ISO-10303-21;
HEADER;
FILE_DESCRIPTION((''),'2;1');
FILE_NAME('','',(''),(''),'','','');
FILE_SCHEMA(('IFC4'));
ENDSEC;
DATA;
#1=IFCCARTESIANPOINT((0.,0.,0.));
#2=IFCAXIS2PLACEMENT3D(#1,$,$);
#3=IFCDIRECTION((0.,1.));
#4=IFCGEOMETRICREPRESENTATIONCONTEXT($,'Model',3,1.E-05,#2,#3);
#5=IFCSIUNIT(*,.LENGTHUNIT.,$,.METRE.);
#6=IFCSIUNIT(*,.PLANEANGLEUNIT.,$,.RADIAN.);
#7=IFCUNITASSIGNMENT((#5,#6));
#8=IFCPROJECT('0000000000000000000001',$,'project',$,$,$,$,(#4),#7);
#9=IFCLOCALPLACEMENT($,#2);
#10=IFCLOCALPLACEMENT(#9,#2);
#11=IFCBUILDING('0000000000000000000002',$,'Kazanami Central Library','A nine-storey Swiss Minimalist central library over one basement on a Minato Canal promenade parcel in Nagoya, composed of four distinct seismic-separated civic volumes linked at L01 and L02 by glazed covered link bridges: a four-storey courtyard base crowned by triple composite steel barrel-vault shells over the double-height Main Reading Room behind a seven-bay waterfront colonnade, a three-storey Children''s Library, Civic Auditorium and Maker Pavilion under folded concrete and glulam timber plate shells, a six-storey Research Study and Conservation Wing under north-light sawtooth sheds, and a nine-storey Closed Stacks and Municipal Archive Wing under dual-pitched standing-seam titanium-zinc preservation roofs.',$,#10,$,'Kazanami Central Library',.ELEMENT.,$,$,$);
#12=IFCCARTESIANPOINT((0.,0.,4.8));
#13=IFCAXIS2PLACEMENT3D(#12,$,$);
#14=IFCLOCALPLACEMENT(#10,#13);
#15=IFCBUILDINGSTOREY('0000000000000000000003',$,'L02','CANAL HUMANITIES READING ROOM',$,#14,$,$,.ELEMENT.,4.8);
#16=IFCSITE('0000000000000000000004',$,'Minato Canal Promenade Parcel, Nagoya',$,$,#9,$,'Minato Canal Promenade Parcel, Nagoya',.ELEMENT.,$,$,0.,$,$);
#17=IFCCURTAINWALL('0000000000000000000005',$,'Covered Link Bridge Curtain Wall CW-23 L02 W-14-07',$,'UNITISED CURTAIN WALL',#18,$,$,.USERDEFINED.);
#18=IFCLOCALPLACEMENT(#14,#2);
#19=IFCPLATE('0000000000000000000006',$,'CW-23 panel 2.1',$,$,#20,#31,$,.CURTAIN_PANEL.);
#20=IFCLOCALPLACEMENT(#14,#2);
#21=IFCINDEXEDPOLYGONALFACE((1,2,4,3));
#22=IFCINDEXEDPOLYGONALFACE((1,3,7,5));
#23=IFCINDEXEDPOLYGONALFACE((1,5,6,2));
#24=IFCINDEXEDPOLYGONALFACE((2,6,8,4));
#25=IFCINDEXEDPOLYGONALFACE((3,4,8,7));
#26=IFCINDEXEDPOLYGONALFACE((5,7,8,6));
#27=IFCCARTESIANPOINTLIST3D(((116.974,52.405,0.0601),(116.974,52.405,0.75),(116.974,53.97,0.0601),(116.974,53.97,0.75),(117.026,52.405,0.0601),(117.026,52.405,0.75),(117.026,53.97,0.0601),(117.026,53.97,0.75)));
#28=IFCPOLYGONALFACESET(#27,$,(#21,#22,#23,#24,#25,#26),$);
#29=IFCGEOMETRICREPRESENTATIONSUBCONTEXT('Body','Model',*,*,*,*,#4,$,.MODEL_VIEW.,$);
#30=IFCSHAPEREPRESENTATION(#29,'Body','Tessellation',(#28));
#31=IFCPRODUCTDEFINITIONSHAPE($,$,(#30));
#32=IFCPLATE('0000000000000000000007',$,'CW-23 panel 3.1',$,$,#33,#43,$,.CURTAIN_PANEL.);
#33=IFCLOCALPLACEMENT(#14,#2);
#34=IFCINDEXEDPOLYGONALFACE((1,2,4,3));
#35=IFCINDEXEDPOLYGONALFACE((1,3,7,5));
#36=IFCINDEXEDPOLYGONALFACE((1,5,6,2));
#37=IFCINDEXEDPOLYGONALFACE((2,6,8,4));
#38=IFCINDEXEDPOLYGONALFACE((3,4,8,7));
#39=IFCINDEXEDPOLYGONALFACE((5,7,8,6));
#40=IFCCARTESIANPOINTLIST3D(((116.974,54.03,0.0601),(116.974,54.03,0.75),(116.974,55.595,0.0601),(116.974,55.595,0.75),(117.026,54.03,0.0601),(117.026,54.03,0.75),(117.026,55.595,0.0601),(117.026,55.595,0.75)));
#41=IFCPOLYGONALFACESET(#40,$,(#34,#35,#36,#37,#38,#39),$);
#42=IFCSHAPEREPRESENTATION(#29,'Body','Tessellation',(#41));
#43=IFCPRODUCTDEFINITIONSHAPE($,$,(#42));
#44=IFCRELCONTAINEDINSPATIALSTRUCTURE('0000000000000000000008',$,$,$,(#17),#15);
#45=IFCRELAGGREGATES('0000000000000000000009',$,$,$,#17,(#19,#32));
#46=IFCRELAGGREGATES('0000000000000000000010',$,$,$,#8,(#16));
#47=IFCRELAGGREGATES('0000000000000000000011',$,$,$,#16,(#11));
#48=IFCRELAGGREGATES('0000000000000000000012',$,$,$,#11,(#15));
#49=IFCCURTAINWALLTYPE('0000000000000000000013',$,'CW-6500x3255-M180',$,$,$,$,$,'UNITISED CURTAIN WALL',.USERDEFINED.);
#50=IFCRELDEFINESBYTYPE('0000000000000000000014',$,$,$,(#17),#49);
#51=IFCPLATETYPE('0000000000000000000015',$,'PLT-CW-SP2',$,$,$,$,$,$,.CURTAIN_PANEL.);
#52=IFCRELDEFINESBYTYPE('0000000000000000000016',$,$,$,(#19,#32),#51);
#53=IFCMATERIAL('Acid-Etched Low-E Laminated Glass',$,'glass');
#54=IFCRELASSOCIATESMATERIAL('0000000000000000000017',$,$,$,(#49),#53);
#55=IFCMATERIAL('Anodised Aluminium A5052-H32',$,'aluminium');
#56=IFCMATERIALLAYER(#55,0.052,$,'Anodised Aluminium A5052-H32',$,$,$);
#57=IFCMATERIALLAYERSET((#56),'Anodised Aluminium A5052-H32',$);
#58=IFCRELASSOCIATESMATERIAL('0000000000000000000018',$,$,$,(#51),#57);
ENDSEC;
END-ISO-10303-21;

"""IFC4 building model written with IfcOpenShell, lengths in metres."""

from ifc_helpers import new_model, si_unit, direction, frame, origin, origin_2d, place, context, subcontext, project, spatial, rectangle, extrude, material, layer, layer_set, type_object, element, aggregate, save


model = new_model("IFC4")

# Units and contexts
model_context = context("Model", 3, precision=1e-05, world=origin(), true_north=direction((0.0, 1.0)))
body_context = subcontext(model_context, "Body", "Model", "MODEL_VIEW")
ifc_project = project(units=[si_unit("LENGTHUNIT", "METRE"), si_unit("PLANEANGLEUNIT", "RADIAN")], contexts=[model_context])

# Site, building, storey
site_placement = place(None, origin())
site = spatial("IfcSite", under=ifc_project, at=site_placement, Name="Minato Canal Promenade Parcel, Nagoya", LongName="Minato Canal Promenade Parcel, Nagoya", CompositionType="ELEMENT", RefElevation=0.0)
building_placement = place(site_placement, origin())
building = spatial("IfcBuilding", under=site, at=building_placement, Name="Kazanami Central Library", Description="A nine-storey Swiss Minimalist central library over one basement on a Minato Canal promenade parcel in Nagoya, composed of four distinct seismic-separated civic volumes linked at L01 and L02 by glazed covered link bridges: a four-storey courtyard base crowned by triple composite steel barrel-vault shells over the double-height Main Reading Room behind a seven-bay waterfront colonnade, a three-storey Children's Library, Civic Auditorium and Maker Pavilion under folded concrete and glulam timber plate shells, a six-storey Research Study and Conservation Wing under north-light sawtooth sheds, and a nine-storey Closed Stacks and Municipal Archive Wing under dual-pitched standing-seam titanium-zinc preservation roofs.", LongName="Kazanami Central Library", CompositionType="ELEMENT")
storey_placement = place(building_placement, frame((0.0, 0.0, 4.8)))
storey = spatial("IfcBuildingStorey", under=building, at=storey_placement, Name="L02", Description="CANAL HUMANITIES READING ROOM", CompositionType="ELEMENT", Elevation=4.8)

# Curtain wall
ifc_material_1 = material(Name="Acid-Etched Low-E Laminated Glass", Category="glass")
curtain_wall_type_1 = type_object("IfcCurtainWallType", Name="CW-6500x3255-M180", ElementType="UNITISED CURTAIN WALL", PredefinedType="USERDEFINED", material=ifc_material_1)
curtain_wall_1_placement = place(storey_placement, origin())
curtain_wall_1 = element("IfcCurtainWall", 1, at=curtain_wall_1_placement, inside=storey, type_object=curtain_wall_type_1, Name="Covered Link Bridge Curtain Wall CW-23 L02 W-14-07", ObjectType="UNITISED CURTAIN WALL", PredefinedType="USERDEFINED")

# Plates
ifc_material_2 = material(Name="Anodised Aluminium A5052-H32", Category="aluminium")
ifc_layer_1 = layer(ifc_material_2, 0.052, Name="Anodised Aluminium A5052-H32")
ifc_layer_set_1 = layer_set([ifc_layer_1], Name="Anodised Aluminium A5052-H32")
plate_type_1 = type_object("IfcPlateType", Name="PLT-CW-SP2", PredefinedType="CURTAIN_PANEL", material=ifc_layer_set_1)
plate_1_placement = place(storey_placement, frame((117.0, 53.1875, 0.0601), z_axis=(0.0, 0.0, 1.0), x_axis=(0.0, 1.0, 0.0)))
plate_1 = element("IfcPlate", 2, at=plate_1_placement, type_object=plate_type_1, Name="CW-23 panel 2.1", PredefinedType="CURTAIN_PANEL", context=body_context, shape_type="SweptSolid", body=[
    extrude(rectangle(XDim=1.5649, YDim=0.052, at=origin_2d()), origin(), (0.0, 0.0, 1.0), 0.6899),
])
plate_2_placement = place(storey_placement, frame((117.0, 54.8125, 0.0601), z_axis=(0.0, 0.0, 1.0), x_axis=(0.0, 1.0, 0.0)))
plate_2 = element("IfcPlate", 3, at=plate_2_placement, type_object=plate_type_1, Name="CW-23 panel 3.1", PredefinedType="CURTAIN_PANEL", context=body_context, shape_type="SweptSolid", body=[
    extrude(rectangle(XDim=1.5649, YDim=0.052, at=origin_2d()), origin(), (0.0, 0.0, 1.0), 0.6899),
])
aggregate(curtain_wall_1, [plate_1, plate_2])

save(model, "model.ifc")
